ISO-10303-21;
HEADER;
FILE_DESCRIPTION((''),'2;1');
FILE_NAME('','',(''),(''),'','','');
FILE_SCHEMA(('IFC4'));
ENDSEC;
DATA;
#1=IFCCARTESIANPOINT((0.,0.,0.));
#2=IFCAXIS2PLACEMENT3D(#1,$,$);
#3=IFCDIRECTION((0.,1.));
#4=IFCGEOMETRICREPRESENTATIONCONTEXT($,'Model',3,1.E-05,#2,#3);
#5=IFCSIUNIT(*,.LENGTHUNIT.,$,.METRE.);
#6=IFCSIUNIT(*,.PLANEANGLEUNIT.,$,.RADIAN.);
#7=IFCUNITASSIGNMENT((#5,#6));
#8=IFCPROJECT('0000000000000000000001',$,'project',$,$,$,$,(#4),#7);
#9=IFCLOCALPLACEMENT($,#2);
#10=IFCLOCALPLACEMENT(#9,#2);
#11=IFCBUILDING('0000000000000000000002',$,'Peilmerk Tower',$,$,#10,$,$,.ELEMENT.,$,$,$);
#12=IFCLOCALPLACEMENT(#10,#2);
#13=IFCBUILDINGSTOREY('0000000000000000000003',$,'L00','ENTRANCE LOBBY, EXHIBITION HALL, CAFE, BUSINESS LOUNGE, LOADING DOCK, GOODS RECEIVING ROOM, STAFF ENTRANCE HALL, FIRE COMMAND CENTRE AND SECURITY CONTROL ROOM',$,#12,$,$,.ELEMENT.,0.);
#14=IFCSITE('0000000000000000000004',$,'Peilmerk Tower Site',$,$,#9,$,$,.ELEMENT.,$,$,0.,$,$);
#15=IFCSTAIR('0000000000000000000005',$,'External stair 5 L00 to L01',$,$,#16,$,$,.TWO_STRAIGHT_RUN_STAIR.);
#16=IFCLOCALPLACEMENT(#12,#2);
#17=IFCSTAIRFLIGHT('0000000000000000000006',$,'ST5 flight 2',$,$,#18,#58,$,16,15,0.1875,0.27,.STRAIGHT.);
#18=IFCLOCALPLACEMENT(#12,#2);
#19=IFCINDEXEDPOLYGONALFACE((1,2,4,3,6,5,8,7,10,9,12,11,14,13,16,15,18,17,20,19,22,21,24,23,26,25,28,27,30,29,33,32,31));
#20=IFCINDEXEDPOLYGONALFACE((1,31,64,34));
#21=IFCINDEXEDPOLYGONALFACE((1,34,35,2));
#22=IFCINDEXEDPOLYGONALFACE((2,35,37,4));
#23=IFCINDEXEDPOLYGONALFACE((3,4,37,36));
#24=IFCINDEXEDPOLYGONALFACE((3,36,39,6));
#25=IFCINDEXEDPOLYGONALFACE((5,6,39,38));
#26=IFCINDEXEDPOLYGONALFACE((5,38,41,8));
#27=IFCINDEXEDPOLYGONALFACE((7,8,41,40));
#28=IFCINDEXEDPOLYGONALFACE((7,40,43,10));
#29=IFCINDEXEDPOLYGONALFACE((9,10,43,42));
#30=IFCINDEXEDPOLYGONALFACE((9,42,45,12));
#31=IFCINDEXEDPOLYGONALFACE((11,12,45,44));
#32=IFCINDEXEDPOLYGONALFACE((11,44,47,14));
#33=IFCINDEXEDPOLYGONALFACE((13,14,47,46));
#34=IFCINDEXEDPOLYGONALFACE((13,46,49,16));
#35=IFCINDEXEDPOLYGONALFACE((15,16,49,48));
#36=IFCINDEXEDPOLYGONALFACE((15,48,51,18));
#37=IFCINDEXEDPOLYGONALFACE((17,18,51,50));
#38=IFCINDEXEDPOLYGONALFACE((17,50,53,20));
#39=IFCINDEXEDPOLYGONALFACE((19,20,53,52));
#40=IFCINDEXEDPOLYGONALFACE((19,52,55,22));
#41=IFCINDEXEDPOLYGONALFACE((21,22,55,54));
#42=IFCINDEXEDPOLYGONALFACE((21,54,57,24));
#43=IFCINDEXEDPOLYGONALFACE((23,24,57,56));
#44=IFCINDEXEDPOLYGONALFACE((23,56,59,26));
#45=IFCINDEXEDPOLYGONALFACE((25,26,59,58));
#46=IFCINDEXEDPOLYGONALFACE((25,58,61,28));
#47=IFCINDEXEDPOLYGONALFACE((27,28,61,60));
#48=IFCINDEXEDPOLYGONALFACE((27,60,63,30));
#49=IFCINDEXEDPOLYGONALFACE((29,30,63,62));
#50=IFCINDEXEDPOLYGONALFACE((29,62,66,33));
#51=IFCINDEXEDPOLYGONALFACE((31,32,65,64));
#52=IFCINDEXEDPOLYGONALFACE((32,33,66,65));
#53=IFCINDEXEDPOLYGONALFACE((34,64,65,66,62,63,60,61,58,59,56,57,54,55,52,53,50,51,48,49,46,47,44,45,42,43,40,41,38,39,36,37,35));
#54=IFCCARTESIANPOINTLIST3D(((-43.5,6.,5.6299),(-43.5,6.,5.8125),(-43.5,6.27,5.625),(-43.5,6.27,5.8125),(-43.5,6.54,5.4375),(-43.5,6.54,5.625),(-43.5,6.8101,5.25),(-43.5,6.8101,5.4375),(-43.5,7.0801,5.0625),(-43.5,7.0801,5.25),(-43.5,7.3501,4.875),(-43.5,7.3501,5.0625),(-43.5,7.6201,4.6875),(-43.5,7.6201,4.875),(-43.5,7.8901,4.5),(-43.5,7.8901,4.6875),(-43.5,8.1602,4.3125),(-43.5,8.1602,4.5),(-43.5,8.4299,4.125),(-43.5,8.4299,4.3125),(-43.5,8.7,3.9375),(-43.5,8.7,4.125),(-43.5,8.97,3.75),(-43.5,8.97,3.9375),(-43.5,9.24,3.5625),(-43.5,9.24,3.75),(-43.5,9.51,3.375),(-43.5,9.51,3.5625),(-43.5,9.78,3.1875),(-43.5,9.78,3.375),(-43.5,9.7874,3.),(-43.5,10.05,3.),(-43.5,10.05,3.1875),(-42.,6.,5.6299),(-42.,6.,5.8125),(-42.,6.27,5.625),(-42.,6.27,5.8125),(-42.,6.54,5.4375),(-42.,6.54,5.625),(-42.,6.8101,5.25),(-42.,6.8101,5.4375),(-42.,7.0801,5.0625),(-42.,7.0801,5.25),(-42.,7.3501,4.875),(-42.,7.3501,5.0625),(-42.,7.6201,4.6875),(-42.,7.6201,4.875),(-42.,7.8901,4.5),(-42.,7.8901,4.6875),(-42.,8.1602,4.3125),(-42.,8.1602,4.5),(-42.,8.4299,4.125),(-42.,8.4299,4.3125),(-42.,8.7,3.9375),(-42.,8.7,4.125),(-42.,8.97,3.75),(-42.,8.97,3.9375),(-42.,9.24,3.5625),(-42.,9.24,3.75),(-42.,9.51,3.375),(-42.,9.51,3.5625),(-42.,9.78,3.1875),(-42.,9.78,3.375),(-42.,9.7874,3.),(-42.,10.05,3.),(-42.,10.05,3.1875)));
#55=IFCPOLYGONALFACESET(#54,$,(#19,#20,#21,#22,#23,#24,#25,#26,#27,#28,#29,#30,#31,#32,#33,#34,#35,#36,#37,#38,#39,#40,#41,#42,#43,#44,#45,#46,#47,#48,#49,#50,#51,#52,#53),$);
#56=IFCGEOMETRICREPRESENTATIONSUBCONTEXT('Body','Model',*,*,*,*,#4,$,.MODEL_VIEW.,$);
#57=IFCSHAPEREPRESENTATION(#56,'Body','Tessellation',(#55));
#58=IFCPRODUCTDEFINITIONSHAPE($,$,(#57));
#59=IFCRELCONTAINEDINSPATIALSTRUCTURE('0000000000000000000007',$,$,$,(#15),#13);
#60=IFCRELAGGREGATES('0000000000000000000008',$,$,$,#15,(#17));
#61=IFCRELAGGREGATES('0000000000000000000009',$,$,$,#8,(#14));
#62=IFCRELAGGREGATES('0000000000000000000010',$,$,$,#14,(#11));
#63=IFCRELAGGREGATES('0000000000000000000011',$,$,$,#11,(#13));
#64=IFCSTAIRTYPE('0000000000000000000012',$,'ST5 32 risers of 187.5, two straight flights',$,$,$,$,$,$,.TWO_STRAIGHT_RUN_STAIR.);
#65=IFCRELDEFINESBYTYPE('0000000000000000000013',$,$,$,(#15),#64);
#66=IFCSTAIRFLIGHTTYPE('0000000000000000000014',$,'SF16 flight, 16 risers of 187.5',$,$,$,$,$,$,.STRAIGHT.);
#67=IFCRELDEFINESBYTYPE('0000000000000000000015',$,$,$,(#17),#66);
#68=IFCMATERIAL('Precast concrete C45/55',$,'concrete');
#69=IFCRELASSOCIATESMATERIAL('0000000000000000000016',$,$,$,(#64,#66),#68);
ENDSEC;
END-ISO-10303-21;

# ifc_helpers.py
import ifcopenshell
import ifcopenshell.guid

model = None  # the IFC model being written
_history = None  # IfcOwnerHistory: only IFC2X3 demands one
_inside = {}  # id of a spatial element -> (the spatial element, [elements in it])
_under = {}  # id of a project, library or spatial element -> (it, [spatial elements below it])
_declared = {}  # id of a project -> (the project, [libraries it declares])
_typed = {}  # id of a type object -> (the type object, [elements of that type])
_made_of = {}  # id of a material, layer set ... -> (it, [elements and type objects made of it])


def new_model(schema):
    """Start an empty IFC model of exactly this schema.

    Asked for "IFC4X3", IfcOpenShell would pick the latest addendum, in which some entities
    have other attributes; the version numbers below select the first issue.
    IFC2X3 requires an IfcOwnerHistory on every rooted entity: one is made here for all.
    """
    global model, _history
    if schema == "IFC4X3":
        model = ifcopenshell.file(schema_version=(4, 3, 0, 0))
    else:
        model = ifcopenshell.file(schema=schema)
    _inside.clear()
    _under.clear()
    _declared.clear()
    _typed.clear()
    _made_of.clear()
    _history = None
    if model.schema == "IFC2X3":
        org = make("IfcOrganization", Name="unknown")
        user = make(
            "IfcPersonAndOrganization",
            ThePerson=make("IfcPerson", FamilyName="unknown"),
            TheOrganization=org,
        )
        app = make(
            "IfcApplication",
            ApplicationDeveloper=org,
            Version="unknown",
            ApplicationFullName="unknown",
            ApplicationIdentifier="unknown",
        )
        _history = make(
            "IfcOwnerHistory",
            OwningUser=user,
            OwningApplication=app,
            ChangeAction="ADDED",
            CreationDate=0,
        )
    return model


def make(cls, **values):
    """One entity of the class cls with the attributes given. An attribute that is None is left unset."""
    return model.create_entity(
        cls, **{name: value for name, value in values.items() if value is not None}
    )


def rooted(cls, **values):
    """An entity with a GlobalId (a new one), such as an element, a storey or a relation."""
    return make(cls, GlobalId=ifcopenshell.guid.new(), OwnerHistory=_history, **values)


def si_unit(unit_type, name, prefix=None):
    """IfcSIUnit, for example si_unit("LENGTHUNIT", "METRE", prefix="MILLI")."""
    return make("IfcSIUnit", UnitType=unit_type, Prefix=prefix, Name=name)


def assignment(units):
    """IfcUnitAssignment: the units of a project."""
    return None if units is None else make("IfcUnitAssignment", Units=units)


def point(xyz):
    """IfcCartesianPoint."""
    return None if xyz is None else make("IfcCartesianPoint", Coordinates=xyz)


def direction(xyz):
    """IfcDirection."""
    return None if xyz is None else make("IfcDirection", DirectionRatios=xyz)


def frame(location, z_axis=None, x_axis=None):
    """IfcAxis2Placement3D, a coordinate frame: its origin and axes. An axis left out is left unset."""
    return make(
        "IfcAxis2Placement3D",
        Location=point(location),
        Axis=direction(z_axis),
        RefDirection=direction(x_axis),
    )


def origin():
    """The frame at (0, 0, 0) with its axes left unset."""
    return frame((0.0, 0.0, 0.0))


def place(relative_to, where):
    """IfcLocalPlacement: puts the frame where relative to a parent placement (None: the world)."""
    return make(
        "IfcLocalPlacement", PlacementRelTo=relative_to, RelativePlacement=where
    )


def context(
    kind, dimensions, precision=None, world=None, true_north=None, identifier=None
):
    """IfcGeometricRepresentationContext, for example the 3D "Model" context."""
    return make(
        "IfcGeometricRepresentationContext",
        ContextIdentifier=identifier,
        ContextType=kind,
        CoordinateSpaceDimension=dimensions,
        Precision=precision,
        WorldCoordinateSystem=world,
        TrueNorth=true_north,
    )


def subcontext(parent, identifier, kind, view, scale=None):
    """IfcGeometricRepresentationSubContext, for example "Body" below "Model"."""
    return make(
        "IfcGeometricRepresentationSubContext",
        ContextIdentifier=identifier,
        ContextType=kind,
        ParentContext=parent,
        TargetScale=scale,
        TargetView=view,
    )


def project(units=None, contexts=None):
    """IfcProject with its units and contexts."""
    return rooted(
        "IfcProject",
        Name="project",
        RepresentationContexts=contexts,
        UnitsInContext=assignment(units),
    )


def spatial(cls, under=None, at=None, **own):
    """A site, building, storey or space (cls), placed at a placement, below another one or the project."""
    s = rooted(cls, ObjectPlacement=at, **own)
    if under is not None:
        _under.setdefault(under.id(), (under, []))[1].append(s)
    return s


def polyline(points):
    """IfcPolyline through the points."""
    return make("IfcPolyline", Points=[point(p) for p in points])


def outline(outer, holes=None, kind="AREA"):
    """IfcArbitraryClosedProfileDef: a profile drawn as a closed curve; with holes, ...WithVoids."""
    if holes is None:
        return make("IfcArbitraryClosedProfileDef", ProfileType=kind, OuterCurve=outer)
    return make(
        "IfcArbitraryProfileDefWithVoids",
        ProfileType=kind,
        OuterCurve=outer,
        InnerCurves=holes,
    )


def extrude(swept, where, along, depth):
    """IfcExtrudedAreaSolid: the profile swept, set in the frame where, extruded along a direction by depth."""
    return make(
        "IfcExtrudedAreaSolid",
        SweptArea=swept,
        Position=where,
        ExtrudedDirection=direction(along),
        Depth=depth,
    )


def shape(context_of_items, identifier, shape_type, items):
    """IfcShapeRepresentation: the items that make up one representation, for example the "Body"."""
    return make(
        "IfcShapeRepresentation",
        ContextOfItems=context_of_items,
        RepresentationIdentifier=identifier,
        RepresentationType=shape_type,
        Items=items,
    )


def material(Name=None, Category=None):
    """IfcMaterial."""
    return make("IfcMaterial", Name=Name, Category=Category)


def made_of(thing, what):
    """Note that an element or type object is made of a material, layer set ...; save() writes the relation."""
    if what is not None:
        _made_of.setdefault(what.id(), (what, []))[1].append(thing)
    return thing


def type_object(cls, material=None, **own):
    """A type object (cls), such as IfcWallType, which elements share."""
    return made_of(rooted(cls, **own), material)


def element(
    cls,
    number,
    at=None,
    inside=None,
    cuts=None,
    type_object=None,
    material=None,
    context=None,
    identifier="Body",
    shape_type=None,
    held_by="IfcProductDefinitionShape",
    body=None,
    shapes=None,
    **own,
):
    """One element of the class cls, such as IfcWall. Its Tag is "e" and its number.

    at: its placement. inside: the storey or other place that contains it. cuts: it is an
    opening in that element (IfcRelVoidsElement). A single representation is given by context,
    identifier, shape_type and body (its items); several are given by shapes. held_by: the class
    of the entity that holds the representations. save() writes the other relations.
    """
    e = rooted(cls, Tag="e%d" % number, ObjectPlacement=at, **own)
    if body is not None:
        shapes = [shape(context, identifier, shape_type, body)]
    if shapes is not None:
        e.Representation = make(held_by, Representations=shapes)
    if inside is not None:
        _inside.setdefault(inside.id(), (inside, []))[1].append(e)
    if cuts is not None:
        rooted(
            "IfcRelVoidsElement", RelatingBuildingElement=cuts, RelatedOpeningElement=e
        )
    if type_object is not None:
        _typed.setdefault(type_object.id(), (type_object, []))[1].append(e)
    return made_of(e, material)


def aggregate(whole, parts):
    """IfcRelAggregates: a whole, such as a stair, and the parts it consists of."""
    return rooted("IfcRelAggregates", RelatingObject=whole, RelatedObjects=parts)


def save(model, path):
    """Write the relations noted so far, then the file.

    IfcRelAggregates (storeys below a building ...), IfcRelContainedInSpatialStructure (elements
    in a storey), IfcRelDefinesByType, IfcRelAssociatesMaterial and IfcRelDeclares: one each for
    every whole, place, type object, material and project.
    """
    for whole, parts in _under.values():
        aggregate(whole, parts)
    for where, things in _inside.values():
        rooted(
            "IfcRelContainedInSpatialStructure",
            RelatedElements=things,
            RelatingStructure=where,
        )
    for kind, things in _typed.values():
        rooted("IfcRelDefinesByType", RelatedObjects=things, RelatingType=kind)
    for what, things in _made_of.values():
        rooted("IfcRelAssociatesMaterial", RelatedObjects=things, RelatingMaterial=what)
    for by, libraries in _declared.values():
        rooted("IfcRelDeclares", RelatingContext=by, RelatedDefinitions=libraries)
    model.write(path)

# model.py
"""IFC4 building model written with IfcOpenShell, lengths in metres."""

from ifc_helpers import new_model, si_unit, direction, frame, origin, place, context, subcontext, project, spatial, polyline, outline, extrude, material, type_object, element, aggregate, save


model = new_model("IFC4")

# Units and contexts
model_context = context("Model", 3, precision=1e-05, world=origin(), true_north=direction((0.0, 1.0)))
body_context = subcontext(model_context, "Body", "Model", "MODEL_VIEW")
ifc_project = project(units=[si_unit("LENGTHUNIT", "METRE"), si_unit("PLANEANGLEUNIT", "RADIAN")], contexts=[model_context])

# Site, building, storey
site_placement = place(None, origin())
site = spatial("IfcSite", under=ifc_project, at=site_placement, Name="Peilmerk Tower Site", CompositionType="ELEMENT", RefElevation=0.0)
building_placement = place(site_placement, origin())
building = spatial("IfcBuilding", under=site, at=building_placement, Name="Peilmerk Tower", CompositionType="ELEMENT")
storey_placement = place(building_placement, origin())
storey = spatial("IfcBuildingStorey", under=building, at=storey_placement, Name="L00", Description="ENTRANCE LOBBY, EXHIBITION HALL, CAFE, BUSINESS LOUNGE, LOADING DOCK, GOODS RECEIVING ROOM, STAFF ENTRANCE HALL, FIRE COMMAND CENTRE AND SECURITY CONTROL ROOM", CompositionType="ELEMENT", Elevation=0.0)

# Stair, stair flight
ifc_material_1 = material(Name="Precast concrete C45/55", Category="concrete")
stair_type = type_object("IfcStairType", Name="ST5 32 risers of 187.5, two straight flights", PredefinedType="TWO_STRAIGHT_RUN_STAIR", material=ifc_material_1)
stair_placement = place(storey_placement, origin())
stair = element("IfcStair", 1, at=stair_placement, inside=storey, type_object=stair_type, Name="External stair 5 L00 to L01", PredefinedType="TWO_STRAIGHT_RUN_STAIR")
stair_flight_type = type_object("IfcStairFlightType", Name="SF16 flight, 16 risers of 187.5", PredefinedType="STRAIGHT", material=ifc_material_1)
stair_flight_1_placement = place(storey_placement, frame((-42.75, 10.05, 3.0), z_axis=(0.0, 0.0, 1.0), x_axis=(0.0, -1.0, 0.0)))
stair_flight_1 = element("IfcStairFlight", 2, at=stair_flight_1_placement, type_object=stair_flight_type, Name="ST5 flight 2", NumberOfRisers=16, NumberOfTreads=15, PredefinedType="STRAIGHT", RiserHeight=0.1875, TreadLength=0.27, context=body_context, shape_type="SweptSolid", body=[
    extrude(outline(polyline([(0.0, 0.0), (0.0, 0.1875), (0.27, 0.1875), (0.27, 0.375), (0.54, 0.375), (0.54, 0.5625), (0.8101, 0.5625), (0.8101, 0.75), (1.0801, 0.75), (1.0801, 0.9375), (1.3501, 0.9375), (1.3501, 1.125), (1.6201, 1.125), (1.6201, 1.3125), (1.8899, 1.3125), (1.8899, 1.5), (2.1599, 1.5), (2.1599, 1.6875), (2.4299, 1.6875), (2.4299, 1.875), (2.7, 1.875), (2.7, 2.0625), (2.97, 2.0625), (2.97, 2.25), (3.24, 2.25), (3.24, 2.4375), (3.51, 2.4375), (3.51, 2.625), (3.78, 2.625), (3.78, 2.8125), (4.05, 2.8125), (4.05, 3.0), (4.05, 2.6299), (0.2627, 0.0), (0.0, 0.0)])), frame((0.0, 0.75, 0.0), z_axis=(0.0, -1.0, 0.0), x_axis=(1.0, 0.0, 0.0)), (0.0, 0.0, 1.0), 1.5),
])
aggregate(stair, [stair_flight_1])

save(model, "model.ifc")
